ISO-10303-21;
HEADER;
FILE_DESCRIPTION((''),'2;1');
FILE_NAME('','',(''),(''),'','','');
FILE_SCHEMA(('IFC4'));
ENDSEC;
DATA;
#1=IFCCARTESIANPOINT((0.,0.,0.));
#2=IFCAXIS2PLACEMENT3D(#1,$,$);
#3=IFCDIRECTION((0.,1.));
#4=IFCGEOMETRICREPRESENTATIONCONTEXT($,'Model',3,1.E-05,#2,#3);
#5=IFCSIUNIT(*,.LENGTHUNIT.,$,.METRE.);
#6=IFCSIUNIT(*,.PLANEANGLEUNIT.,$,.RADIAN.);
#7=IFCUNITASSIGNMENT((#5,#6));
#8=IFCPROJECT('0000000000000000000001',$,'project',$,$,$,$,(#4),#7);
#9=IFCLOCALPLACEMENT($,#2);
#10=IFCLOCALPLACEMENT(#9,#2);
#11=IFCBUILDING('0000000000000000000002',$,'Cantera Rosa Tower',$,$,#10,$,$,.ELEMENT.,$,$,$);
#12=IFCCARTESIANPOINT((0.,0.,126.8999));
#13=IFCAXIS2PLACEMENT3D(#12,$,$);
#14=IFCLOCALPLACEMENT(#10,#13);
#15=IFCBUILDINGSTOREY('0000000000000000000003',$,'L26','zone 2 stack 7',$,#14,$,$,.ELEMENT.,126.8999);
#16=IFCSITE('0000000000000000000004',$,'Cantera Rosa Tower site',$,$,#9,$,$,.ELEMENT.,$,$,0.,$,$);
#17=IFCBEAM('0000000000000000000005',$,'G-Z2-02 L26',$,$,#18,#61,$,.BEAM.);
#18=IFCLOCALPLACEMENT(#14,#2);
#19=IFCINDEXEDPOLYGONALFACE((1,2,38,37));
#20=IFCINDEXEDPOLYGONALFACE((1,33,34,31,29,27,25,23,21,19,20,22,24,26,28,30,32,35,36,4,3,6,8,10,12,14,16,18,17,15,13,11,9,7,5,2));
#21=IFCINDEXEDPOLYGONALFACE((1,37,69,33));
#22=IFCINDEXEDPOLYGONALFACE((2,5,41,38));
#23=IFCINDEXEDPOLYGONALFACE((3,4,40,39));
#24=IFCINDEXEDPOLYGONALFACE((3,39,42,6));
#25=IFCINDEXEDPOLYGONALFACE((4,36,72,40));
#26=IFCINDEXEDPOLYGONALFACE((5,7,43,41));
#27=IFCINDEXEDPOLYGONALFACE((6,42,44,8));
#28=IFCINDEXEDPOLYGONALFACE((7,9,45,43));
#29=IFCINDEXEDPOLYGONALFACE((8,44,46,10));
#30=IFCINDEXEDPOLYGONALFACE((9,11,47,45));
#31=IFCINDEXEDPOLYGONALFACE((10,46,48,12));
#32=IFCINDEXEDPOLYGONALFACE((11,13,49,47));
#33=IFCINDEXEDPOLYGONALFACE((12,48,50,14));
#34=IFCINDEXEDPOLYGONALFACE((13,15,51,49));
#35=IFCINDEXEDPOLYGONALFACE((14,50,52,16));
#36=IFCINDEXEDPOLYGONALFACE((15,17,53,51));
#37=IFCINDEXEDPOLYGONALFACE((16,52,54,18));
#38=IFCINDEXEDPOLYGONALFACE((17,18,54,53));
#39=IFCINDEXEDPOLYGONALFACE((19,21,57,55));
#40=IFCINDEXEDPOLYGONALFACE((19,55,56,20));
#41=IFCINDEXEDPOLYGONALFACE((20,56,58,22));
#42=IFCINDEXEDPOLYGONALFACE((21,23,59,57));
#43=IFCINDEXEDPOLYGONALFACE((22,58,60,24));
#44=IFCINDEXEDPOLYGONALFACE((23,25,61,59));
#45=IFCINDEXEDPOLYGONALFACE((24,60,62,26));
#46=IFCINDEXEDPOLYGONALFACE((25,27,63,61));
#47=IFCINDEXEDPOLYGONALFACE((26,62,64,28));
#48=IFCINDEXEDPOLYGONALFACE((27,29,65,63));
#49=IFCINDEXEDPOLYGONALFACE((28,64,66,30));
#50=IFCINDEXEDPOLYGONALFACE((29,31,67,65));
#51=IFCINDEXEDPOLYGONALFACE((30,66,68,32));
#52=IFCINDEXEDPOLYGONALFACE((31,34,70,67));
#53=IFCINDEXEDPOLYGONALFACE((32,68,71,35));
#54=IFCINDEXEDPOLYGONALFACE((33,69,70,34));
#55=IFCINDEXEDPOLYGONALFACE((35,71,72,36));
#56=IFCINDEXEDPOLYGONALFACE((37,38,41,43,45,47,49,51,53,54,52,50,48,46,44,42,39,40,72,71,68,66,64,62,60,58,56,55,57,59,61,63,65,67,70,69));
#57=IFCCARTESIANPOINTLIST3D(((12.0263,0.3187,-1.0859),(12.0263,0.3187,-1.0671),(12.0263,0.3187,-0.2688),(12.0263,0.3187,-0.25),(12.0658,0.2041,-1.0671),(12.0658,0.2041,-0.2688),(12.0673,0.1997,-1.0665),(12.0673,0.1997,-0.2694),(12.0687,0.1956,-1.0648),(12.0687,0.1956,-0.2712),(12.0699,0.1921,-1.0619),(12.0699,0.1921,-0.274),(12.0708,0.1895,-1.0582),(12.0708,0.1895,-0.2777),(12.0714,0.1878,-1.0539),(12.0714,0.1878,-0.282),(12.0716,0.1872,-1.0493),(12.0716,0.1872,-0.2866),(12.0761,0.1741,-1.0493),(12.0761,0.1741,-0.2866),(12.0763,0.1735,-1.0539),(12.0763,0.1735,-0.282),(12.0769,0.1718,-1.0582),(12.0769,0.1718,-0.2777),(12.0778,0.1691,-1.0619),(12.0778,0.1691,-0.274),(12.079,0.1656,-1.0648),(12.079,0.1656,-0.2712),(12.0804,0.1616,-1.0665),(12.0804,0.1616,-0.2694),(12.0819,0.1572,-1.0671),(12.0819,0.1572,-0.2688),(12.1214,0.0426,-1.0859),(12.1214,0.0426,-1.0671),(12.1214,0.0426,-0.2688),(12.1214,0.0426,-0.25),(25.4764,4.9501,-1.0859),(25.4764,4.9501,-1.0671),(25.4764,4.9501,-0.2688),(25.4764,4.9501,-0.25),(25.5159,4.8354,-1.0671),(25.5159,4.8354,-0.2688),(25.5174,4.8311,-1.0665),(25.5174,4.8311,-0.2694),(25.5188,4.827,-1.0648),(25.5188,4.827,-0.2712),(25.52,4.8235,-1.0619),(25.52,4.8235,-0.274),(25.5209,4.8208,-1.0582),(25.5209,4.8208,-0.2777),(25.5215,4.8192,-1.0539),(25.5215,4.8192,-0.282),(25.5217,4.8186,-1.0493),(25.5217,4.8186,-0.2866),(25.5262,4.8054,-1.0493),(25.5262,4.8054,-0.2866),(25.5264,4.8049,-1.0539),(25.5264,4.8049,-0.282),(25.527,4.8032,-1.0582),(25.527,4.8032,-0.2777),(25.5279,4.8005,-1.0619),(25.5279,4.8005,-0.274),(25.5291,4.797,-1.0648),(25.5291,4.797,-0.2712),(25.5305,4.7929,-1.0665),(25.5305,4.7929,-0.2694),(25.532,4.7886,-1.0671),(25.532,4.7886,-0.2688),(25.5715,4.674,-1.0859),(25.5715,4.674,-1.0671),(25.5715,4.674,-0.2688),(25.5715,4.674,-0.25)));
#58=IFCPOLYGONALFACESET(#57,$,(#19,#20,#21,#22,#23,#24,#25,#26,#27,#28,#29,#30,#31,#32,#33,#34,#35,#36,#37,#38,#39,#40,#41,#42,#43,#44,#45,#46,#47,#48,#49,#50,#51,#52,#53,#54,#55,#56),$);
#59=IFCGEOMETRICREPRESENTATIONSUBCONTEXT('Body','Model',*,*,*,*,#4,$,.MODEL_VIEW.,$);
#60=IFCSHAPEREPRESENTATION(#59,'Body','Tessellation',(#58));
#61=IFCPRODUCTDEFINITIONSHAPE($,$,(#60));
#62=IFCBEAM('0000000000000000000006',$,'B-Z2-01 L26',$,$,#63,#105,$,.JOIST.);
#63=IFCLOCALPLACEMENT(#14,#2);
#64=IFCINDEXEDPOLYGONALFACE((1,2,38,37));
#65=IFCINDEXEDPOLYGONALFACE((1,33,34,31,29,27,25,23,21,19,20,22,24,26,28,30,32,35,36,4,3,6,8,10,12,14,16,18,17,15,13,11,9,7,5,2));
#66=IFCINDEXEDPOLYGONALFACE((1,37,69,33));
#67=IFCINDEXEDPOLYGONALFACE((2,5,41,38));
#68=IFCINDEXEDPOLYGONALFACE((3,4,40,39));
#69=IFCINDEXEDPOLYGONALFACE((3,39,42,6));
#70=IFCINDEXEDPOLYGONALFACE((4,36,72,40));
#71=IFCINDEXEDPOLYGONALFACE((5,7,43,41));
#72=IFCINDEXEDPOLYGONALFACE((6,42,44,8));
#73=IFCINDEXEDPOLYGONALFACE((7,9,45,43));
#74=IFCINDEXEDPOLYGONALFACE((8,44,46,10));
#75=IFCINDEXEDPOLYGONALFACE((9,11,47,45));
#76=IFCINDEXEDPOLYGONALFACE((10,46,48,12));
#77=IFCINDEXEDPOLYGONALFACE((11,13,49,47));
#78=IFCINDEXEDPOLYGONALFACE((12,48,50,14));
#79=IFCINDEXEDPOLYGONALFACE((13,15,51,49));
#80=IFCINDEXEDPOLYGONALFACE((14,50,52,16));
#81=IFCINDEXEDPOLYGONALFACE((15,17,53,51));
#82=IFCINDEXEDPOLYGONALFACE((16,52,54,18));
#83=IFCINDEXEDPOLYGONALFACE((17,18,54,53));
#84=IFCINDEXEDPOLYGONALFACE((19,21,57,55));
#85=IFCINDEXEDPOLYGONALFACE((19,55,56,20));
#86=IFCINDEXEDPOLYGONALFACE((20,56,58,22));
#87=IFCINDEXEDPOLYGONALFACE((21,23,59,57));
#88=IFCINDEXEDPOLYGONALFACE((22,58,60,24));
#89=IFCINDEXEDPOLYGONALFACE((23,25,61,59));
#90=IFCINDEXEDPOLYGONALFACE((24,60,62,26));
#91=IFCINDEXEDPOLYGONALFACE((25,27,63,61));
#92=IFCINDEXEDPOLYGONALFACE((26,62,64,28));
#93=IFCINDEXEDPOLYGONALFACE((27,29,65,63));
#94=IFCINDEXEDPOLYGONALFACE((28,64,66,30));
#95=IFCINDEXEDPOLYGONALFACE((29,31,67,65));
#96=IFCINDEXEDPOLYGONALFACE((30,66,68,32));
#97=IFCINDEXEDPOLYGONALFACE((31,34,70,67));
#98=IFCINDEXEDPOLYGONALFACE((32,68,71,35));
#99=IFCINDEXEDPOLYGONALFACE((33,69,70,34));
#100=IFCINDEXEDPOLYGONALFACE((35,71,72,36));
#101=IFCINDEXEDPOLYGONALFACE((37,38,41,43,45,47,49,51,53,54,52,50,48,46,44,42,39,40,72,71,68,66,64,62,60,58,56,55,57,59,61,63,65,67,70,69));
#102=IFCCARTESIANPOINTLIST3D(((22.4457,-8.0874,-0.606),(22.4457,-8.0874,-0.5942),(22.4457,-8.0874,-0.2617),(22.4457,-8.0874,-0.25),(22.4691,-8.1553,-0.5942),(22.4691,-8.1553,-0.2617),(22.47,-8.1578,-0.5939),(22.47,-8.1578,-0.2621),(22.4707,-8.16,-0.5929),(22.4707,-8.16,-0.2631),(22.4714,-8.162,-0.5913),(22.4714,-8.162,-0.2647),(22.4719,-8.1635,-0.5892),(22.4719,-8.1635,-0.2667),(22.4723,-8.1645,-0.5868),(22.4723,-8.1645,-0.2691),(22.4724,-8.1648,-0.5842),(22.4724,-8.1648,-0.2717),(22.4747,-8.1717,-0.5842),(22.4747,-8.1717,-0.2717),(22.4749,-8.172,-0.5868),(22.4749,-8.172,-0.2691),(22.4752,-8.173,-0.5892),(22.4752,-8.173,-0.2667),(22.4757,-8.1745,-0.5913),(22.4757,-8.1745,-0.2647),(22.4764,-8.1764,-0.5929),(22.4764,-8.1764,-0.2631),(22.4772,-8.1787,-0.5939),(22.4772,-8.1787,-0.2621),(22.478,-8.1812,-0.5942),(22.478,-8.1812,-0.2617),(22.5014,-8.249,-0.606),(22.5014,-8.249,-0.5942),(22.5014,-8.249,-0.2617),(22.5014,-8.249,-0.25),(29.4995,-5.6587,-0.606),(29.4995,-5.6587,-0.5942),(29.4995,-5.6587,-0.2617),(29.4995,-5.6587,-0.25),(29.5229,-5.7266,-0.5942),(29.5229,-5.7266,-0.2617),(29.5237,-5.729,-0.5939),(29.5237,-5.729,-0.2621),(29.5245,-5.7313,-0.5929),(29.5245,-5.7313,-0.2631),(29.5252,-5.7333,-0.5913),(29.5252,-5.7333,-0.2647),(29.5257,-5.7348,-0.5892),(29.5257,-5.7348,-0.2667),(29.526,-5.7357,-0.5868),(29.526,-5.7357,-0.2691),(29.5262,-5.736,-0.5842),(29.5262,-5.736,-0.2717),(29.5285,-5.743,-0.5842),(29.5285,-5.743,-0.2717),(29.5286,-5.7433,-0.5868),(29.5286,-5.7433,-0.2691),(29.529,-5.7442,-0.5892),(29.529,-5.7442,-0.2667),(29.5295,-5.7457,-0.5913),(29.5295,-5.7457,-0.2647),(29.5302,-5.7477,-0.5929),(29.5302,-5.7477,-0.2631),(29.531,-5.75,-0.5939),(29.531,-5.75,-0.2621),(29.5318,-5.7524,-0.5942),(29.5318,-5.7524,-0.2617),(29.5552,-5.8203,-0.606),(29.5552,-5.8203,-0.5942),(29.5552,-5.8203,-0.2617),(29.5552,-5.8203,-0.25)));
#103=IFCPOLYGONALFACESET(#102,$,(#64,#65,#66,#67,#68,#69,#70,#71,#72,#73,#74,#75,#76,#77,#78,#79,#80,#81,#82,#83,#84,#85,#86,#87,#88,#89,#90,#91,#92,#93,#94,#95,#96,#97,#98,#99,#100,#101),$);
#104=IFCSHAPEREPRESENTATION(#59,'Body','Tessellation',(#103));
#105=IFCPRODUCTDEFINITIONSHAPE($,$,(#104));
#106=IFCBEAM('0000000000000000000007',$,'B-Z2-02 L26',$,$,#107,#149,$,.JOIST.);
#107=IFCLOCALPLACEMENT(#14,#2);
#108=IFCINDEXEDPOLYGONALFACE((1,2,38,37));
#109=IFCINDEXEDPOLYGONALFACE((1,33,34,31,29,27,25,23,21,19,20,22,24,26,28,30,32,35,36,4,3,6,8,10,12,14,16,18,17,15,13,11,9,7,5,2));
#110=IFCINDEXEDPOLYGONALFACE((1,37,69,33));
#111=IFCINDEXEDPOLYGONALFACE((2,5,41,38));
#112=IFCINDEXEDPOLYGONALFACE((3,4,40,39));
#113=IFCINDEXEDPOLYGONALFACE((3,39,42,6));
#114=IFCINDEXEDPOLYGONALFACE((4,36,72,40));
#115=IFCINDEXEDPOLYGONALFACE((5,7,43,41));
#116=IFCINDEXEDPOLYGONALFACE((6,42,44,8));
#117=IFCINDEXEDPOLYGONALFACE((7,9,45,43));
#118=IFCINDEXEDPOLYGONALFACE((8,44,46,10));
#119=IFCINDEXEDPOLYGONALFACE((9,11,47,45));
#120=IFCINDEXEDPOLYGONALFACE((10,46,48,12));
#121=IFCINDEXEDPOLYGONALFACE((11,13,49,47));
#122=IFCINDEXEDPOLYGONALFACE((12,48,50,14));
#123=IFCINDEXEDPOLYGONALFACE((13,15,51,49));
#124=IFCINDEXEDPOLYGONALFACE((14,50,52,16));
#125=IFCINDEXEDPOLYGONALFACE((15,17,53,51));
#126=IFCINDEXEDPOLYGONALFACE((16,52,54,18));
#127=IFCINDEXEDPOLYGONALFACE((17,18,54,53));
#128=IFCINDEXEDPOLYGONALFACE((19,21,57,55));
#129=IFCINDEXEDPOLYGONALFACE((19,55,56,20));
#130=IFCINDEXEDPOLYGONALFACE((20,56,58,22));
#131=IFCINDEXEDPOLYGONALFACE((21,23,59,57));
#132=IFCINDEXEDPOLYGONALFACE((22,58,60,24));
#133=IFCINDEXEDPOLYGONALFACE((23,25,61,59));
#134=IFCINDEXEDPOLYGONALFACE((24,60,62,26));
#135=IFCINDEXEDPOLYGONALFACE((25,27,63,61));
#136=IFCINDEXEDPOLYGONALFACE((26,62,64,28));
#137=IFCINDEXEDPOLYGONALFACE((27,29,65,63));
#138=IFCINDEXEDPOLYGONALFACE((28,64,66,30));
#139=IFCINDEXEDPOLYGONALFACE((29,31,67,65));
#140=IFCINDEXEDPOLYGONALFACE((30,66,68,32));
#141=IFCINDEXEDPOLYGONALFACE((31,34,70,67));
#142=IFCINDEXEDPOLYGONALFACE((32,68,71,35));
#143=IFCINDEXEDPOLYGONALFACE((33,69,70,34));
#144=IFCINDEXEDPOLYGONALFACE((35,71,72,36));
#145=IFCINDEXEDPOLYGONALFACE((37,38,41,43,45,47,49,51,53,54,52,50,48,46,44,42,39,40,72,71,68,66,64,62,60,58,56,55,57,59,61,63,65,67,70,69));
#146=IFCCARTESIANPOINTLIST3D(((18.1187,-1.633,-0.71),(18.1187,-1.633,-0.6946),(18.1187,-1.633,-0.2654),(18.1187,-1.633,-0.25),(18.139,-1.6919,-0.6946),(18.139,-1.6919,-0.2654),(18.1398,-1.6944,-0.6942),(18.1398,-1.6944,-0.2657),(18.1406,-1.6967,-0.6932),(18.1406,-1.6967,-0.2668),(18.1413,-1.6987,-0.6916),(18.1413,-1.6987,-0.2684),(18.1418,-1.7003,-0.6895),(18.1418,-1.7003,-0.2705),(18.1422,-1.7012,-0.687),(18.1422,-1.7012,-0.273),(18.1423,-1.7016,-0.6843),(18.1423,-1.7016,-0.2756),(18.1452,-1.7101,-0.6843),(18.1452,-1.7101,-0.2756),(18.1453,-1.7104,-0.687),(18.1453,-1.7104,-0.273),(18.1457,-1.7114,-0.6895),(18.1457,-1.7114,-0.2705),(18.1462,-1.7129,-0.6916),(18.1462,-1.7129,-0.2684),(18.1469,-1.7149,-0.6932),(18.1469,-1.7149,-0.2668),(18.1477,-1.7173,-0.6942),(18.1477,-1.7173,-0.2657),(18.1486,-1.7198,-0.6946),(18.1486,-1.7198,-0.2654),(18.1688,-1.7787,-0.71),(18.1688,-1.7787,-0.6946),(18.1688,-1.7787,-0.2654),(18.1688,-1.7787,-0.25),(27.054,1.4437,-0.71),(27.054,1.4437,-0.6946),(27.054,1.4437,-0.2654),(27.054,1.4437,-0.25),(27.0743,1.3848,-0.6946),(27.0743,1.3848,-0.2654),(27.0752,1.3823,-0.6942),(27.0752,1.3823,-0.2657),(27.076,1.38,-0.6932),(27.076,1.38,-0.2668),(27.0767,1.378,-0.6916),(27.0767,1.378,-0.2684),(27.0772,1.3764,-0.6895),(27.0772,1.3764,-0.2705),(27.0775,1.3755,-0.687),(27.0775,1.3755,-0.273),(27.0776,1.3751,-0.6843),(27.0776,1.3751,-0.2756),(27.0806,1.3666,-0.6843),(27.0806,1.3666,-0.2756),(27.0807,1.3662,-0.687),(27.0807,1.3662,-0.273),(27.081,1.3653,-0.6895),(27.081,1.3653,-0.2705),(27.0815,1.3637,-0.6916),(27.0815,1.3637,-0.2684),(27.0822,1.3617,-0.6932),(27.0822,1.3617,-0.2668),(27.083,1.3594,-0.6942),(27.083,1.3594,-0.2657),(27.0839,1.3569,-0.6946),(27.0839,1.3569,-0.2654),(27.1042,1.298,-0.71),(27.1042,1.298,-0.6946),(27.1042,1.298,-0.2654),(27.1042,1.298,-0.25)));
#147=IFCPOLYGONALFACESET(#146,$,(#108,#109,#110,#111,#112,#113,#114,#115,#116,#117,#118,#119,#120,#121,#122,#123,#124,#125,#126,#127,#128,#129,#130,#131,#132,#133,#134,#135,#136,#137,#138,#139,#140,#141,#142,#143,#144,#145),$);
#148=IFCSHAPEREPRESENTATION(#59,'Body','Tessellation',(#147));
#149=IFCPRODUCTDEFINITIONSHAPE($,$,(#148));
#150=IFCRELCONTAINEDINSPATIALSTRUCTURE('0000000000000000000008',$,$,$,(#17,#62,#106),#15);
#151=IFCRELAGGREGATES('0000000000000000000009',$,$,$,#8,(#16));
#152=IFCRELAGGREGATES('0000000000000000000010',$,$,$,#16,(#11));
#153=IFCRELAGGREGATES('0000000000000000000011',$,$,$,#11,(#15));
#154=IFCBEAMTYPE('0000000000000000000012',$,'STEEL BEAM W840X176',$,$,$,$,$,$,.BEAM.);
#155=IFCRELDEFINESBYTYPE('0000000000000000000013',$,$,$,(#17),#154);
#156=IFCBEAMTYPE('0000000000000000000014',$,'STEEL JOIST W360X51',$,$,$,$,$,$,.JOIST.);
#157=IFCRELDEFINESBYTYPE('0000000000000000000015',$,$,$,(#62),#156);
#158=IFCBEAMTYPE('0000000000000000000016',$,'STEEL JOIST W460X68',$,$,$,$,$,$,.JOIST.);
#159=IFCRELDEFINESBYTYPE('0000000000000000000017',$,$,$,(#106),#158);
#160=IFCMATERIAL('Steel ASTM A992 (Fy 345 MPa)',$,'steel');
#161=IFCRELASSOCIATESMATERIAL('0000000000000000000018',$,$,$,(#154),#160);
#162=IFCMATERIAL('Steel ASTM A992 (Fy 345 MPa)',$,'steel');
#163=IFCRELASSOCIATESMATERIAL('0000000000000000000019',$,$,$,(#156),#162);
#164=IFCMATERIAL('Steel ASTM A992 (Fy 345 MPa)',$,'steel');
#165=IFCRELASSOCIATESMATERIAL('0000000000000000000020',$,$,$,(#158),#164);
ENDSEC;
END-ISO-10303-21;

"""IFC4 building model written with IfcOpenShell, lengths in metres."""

from ifc_helpers import new_model, si_unit, direction, frame, origin, origin_2d, place, context, subcontext, project, spatial, i_section, extrude, material, material_profile, profile_set, type_object, element, save


model = new_model("IFC4")

# Units and contexts
model_context = context("Model", 3, precision=1e-05, world=origin(), true_north=direction((0.0, 1.0)))
body_context = subcontext(model_context, "Body", "Model", "MODEL_VIEW")
ifc_project = project(units=[si_unit("LENGTHUNIT", "METRE"), si_unit("PLANEANGLEUNIT", "RADIAN")], contexts=[model_context])

# Site, building, storey
site_placement = place(None, origin())
site = spatial("IfcSite", under=ifc_project, at=site_placement, Name="Cantera Rosa Tower site", CompositionType="ELEMENT", RefElevation=0.0)
building_placement = place(site_placement, origin())
building = spatial("IfcBuilding", under=site, at=building_placement, Name="Cantera Rosa Tower", CompositionType="ELEMENT")
storey_placement = place(building_placement, frame((0.0, 0.0, 126.8999)))
storey = spatial("IfcBuildingStorey", under=building, at=storey_placement, Name="L26", Description="zone 2 stack 7", CompositionType="ELEMENT", Elevation=126.8999)

# Beams
ifc_material_1 = material(Name="Steel ASTM A992 (Fy 345 MPa)", Category="steel")
ifc_material_profile_1 = material_profile(ifc_material_1, i_section(OverallWidth=0.292, OverallDepth=0.8359, WebThickness=0.0139, FlangeThickness=0.0188, FilletRadius=0.0178, at=origin_2d()), Name="W840X176")
ifc_profile_set_1 = profile_set([ifc_material_profile_1], Name="Steel ASTM A992 (Fy 345 MPa)")
beam_type_1 = type_object("IfcBeamType", Name="STEEL BEAM W840X176", PredefinedType="BEAM", material=ifc_profile_set_1)
beam_1_placement = place(storey_placement, frame((25.5239, 4.812, -0.668), z_axis=(-0.945515, -0.325578, 0.0), x_axis=(0.325578, -0.945515, 0.0)))
element("IfcBeam", 1, at=beam_1_placement, inside=storey, type_object=beam_type_1, Name="G-Z2-02 L26", PredefinedType="BEAM", context=body_context, shape_type="SweptSolid", body=[
    extrude(i_section(OverallWidth=0.292, OverallDepth=0.8359, WebThickness=0.0139, FlangeThickness=0.0188, FilletRadius=0.0178, at=origin_2d()), origin(), (0.0, 0.0, 1.0), 14.2251),
])
ifc_material_2 = material(Name="Steel ASTM A992 (Fy 345 MPa)", Category="steel")
ifc_material_profile_2 = material_profile(ifc_material_2, i_section(OverallWidth=0.1709, OverallDepth=0.356, WebThickness=0.0073, FlangeThickness=0.0117, FilletRadius=0.01, at=origin_2d()), Name="W360X51")
ifc_profile_set_2 = profile_set([ifc_material_profile_2], Name="Steel ASTM A992 (Fy 345 MPa)")
beam_type_2 = type_object("IfcBeamType", Name="STEEL JOIST W360X51", PredefinedType="JOIST", material=ifc_profile_set_2)
beam_2_placement = place(storey_placement, frame((29.5273, -5.7395, -0.428), z_axis=(-0.945522, -0.325559, 0.0), x_axis=(0.325559, -0.945522, 0.0)))
element("IfcBeam", 2, at=beam_2_placement, inside=storey, type_object=beam_type_2, Name="B-Z2-01 L26", PredefinedType="JOIST", context=body_context, shape_type="SweptSolid", body=[
    extrude(i_section(OverallWidth=0.1709, OverallDepth=0.356, WebThickness=0.0073, FlangeThickness=0.0117, FilletRadius=0.01, at=origin_2d()), origin(), (0.0, 0.0, 1.0), 7.4602),
])
ifc_material_3 = material(Name="Steel ASTM A992 (Fy 345 MPa)", Category="steel")
ifc_material_profile_3 = material_profile(ifc_material_3, i_section(OverallWidth=0.1541, OverallDepth=0.46, WebThickness=0.009, FlangeThickness=0.0154, FilletRadius=0.0103, at=origin_2d()), Name="W460X68")
ifc_profile_set_3 = profile_set([ifc_material_profile_3], Name="Steel ASTM A992 (Fy 345 MPa)")
beam_type_3 = type_object("IfcBeamType", Name="STEEL JOIST W460X68", PredefinedType="JOIST", material=ifc_profile_set_3)
beam_3_placement = place(storey_placement, frame((27.0791, 1.3708, -0.48), z_axis=(-0.945519, -0.325567, 0.0), x_axis=(0.325567, -0.945519, 0.0)))
element("IfcBeam", 3, at=beam_3_placement, inside=storey, type_object=beam_type_3, Name="B-Z2-02 L26", PredefinedType="JOIST", context=body_context, shape_type="SweptSolid", body=[
    extrude(i_section(OverallWidth=0.1541, OverallDepth=0.46, WebThickness=0.009, FlangeThickness=0.0154, FilletRadius=0.0103, at=origin_2d()), origin(), (0.0, 0.0, 1.0), 9.4502),
])

save(model, "model.ifc")
